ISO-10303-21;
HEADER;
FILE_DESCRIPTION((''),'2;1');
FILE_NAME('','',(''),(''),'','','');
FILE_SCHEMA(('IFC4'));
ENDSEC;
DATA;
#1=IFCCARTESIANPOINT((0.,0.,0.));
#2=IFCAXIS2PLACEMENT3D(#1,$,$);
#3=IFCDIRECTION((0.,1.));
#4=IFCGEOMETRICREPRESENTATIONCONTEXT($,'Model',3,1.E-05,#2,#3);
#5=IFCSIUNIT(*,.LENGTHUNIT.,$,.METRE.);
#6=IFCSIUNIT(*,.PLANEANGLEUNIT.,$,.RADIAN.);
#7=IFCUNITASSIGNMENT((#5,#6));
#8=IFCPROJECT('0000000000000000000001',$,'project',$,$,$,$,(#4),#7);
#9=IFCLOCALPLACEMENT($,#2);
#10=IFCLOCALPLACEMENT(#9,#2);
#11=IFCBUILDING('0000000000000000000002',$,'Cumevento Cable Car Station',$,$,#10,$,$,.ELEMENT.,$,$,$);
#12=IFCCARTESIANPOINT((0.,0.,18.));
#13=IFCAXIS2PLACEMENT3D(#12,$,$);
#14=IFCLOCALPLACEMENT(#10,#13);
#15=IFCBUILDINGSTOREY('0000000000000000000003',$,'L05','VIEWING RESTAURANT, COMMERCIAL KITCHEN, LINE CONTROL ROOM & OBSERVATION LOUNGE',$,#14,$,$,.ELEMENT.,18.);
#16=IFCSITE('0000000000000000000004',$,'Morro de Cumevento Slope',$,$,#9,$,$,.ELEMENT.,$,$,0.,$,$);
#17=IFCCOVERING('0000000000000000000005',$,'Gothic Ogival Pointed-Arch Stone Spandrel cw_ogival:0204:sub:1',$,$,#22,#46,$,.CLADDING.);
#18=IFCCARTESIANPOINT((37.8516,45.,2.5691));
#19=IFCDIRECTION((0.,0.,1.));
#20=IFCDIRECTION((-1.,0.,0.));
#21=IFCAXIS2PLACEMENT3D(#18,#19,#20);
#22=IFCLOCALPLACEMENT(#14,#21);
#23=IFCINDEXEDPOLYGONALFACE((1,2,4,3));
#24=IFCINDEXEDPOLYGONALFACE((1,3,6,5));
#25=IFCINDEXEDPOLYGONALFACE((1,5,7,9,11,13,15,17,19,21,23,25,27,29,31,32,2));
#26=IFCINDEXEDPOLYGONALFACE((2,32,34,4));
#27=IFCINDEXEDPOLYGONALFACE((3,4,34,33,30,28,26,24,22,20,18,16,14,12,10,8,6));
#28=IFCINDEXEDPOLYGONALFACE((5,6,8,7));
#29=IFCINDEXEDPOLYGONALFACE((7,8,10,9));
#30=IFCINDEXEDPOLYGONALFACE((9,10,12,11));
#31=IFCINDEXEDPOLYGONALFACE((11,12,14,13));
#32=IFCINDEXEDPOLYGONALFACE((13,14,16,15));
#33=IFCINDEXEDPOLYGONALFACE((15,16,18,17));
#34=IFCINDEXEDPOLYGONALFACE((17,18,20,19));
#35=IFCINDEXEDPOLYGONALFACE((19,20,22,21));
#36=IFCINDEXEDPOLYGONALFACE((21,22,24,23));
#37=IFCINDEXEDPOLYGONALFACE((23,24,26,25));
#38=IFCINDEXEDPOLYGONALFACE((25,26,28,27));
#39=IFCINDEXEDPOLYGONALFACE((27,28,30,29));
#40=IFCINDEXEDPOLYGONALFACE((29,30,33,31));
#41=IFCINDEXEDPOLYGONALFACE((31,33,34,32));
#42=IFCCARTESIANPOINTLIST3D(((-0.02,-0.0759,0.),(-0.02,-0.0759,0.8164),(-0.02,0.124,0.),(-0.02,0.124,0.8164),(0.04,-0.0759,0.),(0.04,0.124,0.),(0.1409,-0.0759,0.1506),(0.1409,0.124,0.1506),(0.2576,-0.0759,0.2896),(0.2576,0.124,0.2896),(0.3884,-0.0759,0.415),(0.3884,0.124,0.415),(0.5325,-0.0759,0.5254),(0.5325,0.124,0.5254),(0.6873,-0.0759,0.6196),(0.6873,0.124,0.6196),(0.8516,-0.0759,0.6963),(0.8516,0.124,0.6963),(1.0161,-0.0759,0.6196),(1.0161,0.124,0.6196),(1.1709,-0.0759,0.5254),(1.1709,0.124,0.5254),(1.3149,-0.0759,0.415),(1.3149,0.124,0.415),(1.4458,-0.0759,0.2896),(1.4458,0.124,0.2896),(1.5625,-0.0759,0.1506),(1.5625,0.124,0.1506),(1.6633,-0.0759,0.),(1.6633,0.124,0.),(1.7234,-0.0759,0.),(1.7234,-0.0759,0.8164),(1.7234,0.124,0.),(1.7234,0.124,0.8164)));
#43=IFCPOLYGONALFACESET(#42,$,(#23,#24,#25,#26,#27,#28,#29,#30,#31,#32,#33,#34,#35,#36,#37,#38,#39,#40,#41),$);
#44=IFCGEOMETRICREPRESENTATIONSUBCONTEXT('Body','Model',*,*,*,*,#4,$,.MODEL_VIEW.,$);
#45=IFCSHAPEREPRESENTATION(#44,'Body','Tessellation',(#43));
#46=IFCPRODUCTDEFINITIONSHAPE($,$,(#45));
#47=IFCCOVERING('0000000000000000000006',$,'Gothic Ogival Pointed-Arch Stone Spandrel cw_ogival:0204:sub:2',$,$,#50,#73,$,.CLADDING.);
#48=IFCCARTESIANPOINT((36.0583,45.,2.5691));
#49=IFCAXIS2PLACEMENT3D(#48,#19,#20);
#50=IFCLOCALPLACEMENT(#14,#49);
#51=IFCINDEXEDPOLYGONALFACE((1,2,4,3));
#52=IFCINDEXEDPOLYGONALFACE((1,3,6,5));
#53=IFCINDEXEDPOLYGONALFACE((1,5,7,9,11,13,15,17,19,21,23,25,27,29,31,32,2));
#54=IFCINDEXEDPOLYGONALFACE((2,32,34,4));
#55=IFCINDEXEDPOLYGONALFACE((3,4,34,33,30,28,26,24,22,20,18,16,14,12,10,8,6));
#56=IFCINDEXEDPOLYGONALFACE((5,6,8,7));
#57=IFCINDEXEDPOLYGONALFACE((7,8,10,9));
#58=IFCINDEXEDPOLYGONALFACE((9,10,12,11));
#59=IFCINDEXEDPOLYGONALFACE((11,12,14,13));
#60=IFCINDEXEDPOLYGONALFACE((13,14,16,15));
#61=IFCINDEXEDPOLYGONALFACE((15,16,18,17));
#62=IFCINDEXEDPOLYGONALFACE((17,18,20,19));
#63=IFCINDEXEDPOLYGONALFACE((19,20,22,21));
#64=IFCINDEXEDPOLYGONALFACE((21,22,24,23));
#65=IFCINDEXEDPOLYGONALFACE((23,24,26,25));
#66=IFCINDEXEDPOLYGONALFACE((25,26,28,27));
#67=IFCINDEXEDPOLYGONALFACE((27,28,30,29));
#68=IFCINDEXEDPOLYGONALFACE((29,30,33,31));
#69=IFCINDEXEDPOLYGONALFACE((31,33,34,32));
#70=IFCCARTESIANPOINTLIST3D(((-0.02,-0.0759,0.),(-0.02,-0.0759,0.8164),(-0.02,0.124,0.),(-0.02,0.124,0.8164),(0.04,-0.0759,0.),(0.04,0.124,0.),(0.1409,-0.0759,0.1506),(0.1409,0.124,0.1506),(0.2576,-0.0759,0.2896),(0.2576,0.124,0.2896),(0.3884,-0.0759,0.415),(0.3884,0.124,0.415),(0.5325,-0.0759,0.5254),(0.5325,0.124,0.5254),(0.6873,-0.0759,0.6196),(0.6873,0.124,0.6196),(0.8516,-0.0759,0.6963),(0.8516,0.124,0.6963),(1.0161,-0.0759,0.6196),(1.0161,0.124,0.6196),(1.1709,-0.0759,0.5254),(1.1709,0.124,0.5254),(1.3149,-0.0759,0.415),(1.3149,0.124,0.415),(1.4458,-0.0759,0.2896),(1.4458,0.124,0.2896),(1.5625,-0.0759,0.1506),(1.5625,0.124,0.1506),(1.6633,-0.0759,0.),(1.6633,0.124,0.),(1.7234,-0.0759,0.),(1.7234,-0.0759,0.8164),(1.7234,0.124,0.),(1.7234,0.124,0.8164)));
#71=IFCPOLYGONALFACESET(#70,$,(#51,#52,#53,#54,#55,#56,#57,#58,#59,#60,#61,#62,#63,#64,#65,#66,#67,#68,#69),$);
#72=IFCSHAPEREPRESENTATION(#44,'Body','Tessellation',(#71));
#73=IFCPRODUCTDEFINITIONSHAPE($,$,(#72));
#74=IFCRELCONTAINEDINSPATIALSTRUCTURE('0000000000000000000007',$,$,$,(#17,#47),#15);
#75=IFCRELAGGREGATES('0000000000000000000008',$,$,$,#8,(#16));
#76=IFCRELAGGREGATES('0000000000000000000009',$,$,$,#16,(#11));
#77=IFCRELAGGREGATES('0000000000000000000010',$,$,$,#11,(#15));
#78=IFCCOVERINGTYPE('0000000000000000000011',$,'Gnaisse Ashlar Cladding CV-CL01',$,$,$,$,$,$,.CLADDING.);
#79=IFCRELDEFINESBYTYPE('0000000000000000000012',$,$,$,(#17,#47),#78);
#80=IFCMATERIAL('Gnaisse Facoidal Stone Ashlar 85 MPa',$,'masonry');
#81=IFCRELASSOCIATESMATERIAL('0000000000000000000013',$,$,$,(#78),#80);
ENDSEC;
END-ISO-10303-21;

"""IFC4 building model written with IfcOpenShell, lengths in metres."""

from ifc_helpers import new_model, si_unit, direction, frame, origin, place, context, subcontext, project, spatial, polyline, outline, extrude, material, type_object, element, save


model = new_model("IFC4")

# Units and contexts
model_context = context("Model", 3, precision=1e-05, world=origin(), true_north=direction((0.0, 1.0)))
body_context = subcontext(model_context, "Body", "Model", "MODEL_VIEW")
ifc_project = project(units=[si_unit("LENGTHUNIT", "METRE"), si_unit("PLANEANGLEUNIT", "RADIAN")], contexts=[model_context])

# Site, building, storey
site_placement = place(None, origin())
site = spatial("IfcSite", under=ifc_project, at=site_placement, Name="Morro de Cumevento Slope", CompositionType="ELEMENT", RefElevation=0.0)
building_placement = place(site_placement, origin())
building = spatial("IfcBuilding", under=site, at=building_placement, Name="Cumevento Cable Car Station", CompositionType="ELEMENT")
storey_placement = place(building_placement, frame((0.0, 0.0, 18.0)))
storey = spatial("IfcBuildingStorey", under=building, at=storey_placement, Name="L05", Description="VIEWING RESTAURANT, COMMERCIAL KITCHEN, LINE CONTROL ROOM & OBSERVATION LOUNGE", CompositionType="ELEMENT", Elevation=18.0)

# Coverings
ifc_material_1 = material(Name="Gnaisse Facoidal Stone Ashlar 85 MPa", Category="masonry")
covering_type = type_object("IfcCoveringType", Name="Gnaisse Ashlar Cladding CV-CL01", PredefinedType="CLADDING", material=ifc_material_1)
for number, where, z_axis, x_axis, name in (
    (1, (37.8516, 45.0, 2.5691), (0.0, 0.0, 1.0), (-1.0, 0.0, 0.0), "Gothic Ogival Pointed-Arch Stone Spandrel cw_ogival:0204:sub:1"),
    (2, (36.0583, 45.0, 2.5691), (0.0, 0.0, 1.0), (-1.0, 0.0, 0.0), "Gothic Ogival Pointed-Arch Stone Spandrel cw_ogival:0204:sub:2"),
):
    element("IfcCovering", number, at=place(storey_placement, frame(where, z_axis=z_axis, x_axis=x_axis)), inside=storey, type_object=covering_type, Name=name, PredefinedType="CLADDING", context=body_context, shape_type="SweptSolid", body=[
        extrude(outline(polyline([(-0.02, 0.0), (-0.02, 0.8164), (1.7234, 0.8164), (1.7234, 0.0), (1.6633, 0.0), (1.5625, 0.1506), (1.4458, 0.2896), (1.3149, 0.415), (1.1709, 0.5254), (1.0161, 0.6196), (0.8516, 0.6963), (0.6873, 0.6196), (0.5325, 0.5254), (0.3884, 0.415), (0.2576, 0.2896), (0.1409, 0.1506), (0.04, 0.0), (-0.02, 0.0)])), frame((0.0, 0.124, 0.0), z_axis=(0.0, -1.0, 0.0), x_axis=(1.0, 0.0, 0.0)), (0.0, 0.0, 1.0), 0.2),
    ])

save(model, "model.ifc")
